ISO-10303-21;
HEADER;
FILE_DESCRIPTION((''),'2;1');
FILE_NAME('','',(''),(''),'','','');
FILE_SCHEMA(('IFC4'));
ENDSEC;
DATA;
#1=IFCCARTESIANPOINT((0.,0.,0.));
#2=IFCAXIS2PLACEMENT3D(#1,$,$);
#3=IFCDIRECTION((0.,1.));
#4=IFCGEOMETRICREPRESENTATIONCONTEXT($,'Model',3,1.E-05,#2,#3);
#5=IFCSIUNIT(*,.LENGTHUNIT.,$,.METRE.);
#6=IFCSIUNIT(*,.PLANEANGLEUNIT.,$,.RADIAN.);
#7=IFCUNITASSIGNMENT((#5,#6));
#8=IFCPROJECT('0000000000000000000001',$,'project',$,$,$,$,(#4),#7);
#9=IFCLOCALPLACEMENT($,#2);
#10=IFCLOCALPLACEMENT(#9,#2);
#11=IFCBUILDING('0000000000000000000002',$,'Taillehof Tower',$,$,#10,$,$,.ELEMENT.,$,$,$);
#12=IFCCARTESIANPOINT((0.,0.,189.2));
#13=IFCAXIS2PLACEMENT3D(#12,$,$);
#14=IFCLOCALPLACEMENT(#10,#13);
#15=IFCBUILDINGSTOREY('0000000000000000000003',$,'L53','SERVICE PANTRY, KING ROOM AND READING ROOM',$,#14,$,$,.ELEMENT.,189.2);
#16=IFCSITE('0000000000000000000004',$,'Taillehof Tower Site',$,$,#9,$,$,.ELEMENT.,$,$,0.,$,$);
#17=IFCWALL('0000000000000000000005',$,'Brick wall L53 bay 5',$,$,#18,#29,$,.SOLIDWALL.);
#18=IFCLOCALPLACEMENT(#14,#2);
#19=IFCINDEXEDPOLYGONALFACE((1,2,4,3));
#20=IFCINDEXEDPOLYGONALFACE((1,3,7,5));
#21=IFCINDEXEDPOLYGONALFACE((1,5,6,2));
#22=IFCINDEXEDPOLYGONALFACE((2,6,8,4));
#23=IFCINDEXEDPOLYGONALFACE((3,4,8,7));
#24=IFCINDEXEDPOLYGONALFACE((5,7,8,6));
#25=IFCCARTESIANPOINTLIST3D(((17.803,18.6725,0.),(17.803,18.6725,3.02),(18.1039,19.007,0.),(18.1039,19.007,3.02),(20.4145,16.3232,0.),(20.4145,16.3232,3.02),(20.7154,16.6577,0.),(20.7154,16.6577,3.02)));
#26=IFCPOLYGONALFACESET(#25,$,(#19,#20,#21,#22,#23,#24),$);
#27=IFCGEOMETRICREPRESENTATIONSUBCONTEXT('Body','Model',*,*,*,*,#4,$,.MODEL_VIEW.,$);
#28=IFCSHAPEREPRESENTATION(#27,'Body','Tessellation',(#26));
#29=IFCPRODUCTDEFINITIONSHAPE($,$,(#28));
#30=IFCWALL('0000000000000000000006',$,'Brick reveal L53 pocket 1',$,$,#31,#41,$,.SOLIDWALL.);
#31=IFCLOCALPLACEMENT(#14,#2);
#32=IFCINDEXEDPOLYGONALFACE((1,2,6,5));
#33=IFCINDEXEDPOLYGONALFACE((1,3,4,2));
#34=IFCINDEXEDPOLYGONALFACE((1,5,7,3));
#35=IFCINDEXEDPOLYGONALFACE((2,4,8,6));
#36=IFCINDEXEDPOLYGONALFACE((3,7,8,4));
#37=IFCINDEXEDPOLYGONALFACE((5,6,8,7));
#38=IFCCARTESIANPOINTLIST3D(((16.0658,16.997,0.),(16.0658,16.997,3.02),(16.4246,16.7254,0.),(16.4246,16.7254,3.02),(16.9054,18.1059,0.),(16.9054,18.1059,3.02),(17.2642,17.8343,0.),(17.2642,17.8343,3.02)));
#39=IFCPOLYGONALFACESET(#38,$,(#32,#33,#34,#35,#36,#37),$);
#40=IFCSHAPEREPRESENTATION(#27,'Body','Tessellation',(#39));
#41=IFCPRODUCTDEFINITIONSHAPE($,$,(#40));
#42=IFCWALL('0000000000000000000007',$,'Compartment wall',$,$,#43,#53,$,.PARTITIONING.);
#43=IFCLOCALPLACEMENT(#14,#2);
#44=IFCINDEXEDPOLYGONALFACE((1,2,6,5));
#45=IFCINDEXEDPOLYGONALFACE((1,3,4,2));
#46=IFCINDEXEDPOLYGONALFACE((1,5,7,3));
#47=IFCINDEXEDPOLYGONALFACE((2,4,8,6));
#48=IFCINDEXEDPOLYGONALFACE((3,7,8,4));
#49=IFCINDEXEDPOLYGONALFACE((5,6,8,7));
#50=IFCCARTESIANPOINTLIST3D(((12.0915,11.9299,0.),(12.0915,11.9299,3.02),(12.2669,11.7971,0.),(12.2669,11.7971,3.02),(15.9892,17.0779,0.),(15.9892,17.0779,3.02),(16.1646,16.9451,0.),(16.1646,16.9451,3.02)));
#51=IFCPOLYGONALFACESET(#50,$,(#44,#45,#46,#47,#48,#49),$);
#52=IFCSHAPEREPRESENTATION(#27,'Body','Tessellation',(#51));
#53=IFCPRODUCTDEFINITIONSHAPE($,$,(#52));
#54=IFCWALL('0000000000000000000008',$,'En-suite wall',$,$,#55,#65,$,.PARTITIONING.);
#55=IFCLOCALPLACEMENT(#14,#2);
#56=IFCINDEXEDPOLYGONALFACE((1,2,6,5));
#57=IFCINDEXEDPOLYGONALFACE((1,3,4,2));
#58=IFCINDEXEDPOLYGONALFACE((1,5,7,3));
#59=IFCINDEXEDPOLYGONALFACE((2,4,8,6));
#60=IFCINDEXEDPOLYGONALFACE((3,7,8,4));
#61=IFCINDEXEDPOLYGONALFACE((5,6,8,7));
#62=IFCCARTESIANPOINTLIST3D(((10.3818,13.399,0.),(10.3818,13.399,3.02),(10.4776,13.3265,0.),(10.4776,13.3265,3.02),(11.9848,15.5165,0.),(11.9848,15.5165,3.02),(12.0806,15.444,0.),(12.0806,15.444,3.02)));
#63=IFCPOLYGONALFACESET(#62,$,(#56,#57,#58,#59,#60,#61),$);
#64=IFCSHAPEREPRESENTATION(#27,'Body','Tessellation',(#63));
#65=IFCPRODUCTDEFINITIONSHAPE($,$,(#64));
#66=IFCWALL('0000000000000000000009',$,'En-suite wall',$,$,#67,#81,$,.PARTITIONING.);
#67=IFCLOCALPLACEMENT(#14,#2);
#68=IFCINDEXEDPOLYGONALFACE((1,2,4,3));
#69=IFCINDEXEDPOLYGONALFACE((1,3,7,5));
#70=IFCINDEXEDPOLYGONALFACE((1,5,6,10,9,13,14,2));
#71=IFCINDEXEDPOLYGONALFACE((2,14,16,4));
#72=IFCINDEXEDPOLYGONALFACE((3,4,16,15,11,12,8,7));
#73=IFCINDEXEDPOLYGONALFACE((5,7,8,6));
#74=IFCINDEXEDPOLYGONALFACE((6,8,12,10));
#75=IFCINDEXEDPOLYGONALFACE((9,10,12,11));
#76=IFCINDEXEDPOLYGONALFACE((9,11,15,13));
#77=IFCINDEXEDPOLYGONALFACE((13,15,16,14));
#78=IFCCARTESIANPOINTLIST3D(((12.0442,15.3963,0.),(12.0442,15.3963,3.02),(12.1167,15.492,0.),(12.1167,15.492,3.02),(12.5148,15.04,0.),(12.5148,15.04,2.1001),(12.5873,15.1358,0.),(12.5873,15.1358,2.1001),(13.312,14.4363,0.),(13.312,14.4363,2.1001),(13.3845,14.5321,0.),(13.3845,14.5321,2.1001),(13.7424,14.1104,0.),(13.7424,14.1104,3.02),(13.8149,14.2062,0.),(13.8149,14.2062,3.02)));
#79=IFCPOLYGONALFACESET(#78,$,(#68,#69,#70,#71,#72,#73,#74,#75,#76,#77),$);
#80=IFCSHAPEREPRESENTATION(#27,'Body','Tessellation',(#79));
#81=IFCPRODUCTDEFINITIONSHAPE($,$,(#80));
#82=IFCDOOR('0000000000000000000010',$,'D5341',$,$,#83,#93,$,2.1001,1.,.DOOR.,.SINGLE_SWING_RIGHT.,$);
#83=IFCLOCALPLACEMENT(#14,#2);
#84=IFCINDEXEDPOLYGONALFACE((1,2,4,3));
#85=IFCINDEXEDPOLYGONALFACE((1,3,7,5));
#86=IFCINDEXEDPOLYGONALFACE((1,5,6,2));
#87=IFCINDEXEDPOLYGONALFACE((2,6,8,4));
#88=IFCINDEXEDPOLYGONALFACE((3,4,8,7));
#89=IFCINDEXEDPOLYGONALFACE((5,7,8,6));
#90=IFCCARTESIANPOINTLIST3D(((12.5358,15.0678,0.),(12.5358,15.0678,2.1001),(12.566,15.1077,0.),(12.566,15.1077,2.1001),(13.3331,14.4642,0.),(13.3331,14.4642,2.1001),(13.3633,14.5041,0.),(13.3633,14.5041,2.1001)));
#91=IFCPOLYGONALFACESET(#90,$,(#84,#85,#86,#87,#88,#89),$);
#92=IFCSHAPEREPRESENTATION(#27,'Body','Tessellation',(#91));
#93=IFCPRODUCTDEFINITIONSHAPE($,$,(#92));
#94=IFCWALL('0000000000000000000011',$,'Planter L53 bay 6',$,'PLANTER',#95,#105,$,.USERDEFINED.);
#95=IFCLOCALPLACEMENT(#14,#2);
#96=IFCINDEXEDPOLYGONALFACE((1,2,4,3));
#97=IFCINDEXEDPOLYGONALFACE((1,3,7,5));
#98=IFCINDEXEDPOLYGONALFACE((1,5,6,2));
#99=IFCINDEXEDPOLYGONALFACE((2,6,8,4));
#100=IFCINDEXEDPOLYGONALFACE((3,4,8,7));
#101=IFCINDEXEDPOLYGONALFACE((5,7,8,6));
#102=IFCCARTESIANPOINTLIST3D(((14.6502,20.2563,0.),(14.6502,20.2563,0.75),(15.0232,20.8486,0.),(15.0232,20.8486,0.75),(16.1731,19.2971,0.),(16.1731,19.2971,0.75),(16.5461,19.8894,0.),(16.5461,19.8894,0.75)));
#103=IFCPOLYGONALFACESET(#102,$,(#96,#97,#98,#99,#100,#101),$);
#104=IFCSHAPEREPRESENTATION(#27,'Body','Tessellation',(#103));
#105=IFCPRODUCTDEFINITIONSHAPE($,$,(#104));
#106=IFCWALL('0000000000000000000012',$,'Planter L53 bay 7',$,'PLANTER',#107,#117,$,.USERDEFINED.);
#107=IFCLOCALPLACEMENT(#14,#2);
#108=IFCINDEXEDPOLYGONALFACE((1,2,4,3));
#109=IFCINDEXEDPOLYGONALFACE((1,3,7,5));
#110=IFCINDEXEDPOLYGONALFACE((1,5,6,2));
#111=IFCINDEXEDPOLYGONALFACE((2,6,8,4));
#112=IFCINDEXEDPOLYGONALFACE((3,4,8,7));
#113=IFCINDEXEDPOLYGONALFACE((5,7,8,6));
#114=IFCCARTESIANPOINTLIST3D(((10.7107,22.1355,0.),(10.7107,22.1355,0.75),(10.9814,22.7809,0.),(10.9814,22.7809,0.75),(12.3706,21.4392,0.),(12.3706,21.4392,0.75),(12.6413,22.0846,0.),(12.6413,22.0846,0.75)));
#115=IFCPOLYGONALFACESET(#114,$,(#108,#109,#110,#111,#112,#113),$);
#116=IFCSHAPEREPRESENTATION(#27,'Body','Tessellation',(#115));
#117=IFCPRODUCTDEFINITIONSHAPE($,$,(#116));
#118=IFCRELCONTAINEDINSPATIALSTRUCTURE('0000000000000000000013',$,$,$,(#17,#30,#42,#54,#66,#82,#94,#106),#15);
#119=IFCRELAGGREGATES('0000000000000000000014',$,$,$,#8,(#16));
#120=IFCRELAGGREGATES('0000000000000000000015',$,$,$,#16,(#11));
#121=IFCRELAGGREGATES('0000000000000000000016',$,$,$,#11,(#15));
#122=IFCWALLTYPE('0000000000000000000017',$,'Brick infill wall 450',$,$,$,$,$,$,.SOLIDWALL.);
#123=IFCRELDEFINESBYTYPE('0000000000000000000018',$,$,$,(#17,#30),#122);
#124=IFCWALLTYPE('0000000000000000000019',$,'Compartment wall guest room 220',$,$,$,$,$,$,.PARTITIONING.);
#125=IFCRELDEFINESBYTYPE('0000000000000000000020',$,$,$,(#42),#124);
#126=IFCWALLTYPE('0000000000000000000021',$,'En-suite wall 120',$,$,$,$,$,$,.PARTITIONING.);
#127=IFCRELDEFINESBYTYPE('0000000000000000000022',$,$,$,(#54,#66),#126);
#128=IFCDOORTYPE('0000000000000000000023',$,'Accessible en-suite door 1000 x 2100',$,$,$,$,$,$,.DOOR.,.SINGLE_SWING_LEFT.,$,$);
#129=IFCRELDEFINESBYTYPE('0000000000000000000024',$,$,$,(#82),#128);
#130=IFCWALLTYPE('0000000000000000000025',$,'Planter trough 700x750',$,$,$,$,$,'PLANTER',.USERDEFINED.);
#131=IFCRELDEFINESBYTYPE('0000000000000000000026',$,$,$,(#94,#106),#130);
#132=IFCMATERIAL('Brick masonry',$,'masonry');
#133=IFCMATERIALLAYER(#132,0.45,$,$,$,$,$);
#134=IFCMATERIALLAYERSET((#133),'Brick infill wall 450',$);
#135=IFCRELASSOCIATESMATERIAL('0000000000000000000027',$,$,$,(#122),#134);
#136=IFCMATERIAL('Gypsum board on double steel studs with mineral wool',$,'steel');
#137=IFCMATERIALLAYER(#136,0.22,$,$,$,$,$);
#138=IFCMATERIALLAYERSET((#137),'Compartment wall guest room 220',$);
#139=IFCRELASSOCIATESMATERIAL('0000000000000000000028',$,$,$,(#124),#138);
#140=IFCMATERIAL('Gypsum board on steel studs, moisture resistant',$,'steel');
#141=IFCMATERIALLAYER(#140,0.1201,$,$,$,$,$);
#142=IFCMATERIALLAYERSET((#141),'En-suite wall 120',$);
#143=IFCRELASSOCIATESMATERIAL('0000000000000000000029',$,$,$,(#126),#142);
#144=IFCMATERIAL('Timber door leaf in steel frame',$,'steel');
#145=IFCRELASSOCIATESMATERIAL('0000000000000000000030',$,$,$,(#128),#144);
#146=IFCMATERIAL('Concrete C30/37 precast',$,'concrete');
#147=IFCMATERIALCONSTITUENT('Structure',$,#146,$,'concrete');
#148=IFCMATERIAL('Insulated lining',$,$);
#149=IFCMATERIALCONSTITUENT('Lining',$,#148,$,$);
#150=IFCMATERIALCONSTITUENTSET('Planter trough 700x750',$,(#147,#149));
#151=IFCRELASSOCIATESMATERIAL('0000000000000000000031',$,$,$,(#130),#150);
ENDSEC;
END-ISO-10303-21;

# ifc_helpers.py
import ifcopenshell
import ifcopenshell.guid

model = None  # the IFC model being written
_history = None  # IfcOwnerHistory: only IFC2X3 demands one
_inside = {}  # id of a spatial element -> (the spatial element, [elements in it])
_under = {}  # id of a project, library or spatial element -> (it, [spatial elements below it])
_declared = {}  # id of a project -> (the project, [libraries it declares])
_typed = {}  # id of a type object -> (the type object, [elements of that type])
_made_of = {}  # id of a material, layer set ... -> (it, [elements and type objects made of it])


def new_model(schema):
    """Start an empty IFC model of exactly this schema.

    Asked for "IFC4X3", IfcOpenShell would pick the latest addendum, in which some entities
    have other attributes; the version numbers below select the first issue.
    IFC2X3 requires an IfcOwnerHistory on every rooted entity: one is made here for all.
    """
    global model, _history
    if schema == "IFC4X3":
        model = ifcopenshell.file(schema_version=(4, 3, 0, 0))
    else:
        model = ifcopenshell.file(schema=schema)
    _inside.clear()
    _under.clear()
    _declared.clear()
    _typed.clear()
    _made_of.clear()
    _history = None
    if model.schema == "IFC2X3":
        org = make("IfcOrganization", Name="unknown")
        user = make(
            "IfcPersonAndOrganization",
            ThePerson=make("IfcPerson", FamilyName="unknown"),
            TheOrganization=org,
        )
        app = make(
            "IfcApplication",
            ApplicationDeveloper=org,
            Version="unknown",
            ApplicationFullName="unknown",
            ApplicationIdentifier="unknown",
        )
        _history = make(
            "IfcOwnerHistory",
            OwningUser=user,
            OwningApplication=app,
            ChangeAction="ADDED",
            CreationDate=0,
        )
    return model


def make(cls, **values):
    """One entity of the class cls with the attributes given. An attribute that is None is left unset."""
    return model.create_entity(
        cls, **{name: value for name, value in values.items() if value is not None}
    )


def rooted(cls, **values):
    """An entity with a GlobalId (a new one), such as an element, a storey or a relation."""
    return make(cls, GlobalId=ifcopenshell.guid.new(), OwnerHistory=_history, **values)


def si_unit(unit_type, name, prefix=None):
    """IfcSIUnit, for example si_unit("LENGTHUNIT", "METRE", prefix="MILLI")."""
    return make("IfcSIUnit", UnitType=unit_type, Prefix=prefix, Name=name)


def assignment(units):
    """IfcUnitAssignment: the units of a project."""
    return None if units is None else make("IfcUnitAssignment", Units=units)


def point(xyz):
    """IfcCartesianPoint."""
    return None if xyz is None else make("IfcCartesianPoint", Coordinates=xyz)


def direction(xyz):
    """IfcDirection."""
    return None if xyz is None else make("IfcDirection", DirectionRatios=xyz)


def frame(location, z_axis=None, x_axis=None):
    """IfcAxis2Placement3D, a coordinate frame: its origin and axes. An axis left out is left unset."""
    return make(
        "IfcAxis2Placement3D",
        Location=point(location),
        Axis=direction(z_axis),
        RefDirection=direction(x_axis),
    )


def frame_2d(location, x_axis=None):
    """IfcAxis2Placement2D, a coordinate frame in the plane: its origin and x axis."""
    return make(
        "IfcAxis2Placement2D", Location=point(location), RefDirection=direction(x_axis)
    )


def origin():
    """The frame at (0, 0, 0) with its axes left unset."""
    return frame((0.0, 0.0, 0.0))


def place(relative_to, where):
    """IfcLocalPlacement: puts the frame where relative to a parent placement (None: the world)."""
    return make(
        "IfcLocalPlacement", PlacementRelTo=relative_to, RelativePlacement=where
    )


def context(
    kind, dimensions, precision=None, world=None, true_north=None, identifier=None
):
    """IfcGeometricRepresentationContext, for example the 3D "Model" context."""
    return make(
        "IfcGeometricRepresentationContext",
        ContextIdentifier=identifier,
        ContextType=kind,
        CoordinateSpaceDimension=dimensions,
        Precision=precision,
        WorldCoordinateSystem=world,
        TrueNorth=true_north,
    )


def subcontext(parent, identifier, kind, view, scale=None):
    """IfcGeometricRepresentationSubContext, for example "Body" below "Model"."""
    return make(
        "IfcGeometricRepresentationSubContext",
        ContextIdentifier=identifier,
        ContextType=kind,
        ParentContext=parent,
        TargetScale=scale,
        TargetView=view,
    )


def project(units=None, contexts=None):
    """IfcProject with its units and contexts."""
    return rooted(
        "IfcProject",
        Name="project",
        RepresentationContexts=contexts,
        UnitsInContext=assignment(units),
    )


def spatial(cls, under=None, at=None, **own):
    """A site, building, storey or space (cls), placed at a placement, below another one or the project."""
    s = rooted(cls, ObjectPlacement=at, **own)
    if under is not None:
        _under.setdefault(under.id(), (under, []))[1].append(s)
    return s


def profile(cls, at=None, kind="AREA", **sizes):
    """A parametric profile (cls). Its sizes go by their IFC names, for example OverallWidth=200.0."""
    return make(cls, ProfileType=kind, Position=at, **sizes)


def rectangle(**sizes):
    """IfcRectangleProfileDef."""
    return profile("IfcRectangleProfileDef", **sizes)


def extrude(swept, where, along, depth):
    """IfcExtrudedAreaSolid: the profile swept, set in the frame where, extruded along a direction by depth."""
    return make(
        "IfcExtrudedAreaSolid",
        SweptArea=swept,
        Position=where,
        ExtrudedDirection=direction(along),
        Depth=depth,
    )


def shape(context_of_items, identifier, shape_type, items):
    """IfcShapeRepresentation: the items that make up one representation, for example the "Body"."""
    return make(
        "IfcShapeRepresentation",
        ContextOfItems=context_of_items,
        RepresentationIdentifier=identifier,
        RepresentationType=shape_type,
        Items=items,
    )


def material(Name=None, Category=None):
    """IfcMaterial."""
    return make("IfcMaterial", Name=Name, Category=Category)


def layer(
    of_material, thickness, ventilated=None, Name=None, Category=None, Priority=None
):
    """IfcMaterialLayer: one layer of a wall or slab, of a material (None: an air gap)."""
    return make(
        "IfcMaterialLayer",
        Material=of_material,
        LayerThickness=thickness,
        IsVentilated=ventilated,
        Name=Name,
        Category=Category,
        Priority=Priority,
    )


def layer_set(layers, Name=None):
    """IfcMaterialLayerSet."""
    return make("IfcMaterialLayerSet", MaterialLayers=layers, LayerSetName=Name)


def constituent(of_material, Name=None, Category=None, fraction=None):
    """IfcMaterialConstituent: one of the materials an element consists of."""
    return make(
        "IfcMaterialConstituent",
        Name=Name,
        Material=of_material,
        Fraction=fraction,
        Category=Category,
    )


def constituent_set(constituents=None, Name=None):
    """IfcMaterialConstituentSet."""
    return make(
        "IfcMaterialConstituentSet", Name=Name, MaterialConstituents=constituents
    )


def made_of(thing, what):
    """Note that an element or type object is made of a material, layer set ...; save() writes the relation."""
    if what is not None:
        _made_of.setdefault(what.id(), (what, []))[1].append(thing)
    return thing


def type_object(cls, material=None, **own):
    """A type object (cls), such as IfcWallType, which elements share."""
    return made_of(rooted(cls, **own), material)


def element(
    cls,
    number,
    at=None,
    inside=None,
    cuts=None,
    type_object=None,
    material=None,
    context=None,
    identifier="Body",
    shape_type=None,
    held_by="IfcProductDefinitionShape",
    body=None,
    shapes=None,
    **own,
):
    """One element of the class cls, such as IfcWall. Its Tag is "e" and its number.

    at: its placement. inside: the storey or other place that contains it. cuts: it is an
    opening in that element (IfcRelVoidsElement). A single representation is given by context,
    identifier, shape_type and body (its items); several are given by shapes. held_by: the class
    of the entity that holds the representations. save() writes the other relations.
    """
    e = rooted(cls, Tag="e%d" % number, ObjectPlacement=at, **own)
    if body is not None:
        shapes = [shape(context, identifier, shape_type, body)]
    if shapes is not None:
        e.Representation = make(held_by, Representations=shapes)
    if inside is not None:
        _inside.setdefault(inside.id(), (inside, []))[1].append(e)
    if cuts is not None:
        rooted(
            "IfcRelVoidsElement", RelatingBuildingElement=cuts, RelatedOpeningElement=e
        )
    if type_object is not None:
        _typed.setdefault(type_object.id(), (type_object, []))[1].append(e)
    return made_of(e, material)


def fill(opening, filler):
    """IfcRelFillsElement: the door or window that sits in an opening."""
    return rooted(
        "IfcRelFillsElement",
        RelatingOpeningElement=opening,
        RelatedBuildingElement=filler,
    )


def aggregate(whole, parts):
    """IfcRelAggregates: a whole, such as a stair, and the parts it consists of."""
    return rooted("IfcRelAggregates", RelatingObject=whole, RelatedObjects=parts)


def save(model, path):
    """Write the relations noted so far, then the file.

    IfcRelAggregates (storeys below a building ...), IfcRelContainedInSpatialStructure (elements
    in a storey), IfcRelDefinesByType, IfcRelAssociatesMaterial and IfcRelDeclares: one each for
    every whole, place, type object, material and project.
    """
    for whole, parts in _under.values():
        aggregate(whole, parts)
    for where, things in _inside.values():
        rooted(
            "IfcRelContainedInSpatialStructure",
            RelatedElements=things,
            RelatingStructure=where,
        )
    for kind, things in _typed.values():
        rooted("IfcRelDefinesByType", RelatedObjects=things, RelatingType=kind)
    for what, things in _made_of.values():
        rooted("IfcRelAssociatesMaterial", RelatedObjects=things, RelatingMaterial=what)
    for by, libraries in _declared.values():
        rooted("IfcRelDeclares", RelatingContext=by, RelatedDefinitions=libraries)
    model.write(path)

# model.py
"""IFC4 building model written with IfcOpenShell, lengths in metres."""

from ifc_helpers import new_model, si_unit, direction, frame, frame_2d, origin, place, context, subcontext, project, spatial, rectangle, extrude, material, layer, layer_set, constituent, constituent_set, type_object, element, fill, save


model = new_model("IFC4")

# Units and contexts
model_context = context("Model", 3, precision=1e-05, world=origin(), true_north=direction((0.0, 1.0)))
body_context = subcontext(model_context, "Body", "Model", "MODEL_VIEW")
ifc_project = project(units=[si_unit("LENGTHUNIT", "METRE"), si_unit("PLANEANGLEUNIT", "RADIAN")], contexts=[model_context])

# Site, building, storey
site_placement = place(None, origin())
site = spatial("IfcSite", under=ifc_project, at=site_placement, Name="Taillehof Tower Site", CompositionType="ELEMENT", RefElevation=0.0)
building_placement = place(site_placement, origin())
building = spatial("IfcBuilding", under=site, at=building_placement, Name="Taillehof Tower", CompositionType="ELEMENT")
storey_placement = place(building_placement, frame((0.0, 0.0, 189.2)))
storey = spatial("IfcBuildingStorey", under=building, at=storey_placement, Name="L53", Description="SERVICE PANTRY, KING ROOM AND READING ROOM", CompositionType="ELEMENT", Elevation=189.2)

# Shared definitions
ifc_material_1 = material(Name="Brick masonry", Category="masonry")
ifc_layer_1 = layer(ifc_material_1, 0.45)
ifc_layer_set_1 = layer_set([ifc_layer_1], Name="Brick infill wall 450")
wall_type_1 = type_object("IfcWallType", Name="Brick infill wall 450", PredefinedType="SOLIDWALL", material=ifc_layer_set_1)

# Walls
wall_1_placement = place(storey_placement, frame((20.5649, 16.4905, 0.0), z_axis=(0.0, 0.0, 1.0), x_axis=(-0.743443, 0.6688, 0.0)))
element("IfcWall", 1, at=wall_1_placement, inside=storey, type_object=wall_type_1, Name="Brick wall L53 bay 5", PredefinedType="SOLIDWALL", context=body_context, shape_type="SweptSolid", body=[
    extrude(rectangle(XDim=3.5127, YDim=0.45, at=frame_2d((1.7563, 0.0))), origin(), (0.0, 0.0, 1.0), 3.02),
])
wall_2_placement = place(storey_placement, frame((17.0847, 17.97, 0.0), z_axis=(0.0, 0.0, 1.0), x_axis=(-0.603645, -0.797253, 0.0)))
element("IfcWall", 2, at=wall_2_placement, inside=storey, type_object=wall_type_1, Name="Brick reveal L53 pocket 1", PredefinedType="SOLIDWALL", context=body_context, shape_type="SweptSolid", body=[
    extrude(rectangle(XDim=1.3909, YDim=0.45, at=frame_2d((0.6953, 0.0))), origin(), (0.0, 0.0, 1.0), 3.02),
])

# Walls
ifc_material_2 = material(Name="Gypsum board on double steel studs with mineral wool", Category="steel")
ifc_layer_2 = layer(ifc_material_2, 0.22)
ifc_layer_set_2 = layer_set([ifc_layer_2], Name="Compartment wall guest room 220")
wall_type_2 = type_object("IfcWallType", Name="Compartment wall guest room 220", PredefinedType="PARTITIONING", material=ifc_layer_set_2)
wall_3_placement = place(storey_placement, frame((16.0769, 17.0115, 0.0), z_axis=(0.0, 0.0, 1.0), x_axis=(-0.603636, -0.79726, 0.0)))
element("IfcWall", 3, at=wall_3_placement, inside=storey, type_object=wall_type_2, Name="Compartment wall", PredefinedType="PARTITIONING", context=body_context, shape_type="SweptSolid", body=[
    extrude(rectangle(XDim=6.457, YDim=0.22, at=frame_2d((3.2285, 0.0))), origin(), (0.0, 0.0, 1.0), 3.02),
])
ifc_material_3 = material(Name="Gypsum board on steel studs, moisture resistant", Category="steel")
ifc_layer_3 = layer(ifc_material_3, 0.1201)
ifc_layer_set_3 = layer_set([ifc_layer_3], Name="En-suite wall 120")
wall_type_3 = type_object("IfcWallType", Name="En-suite wall 120", PredefinedType="PARTITIONING", material=ifc_layer_set_3)
wall_4_placement = place(storey_placement, frame((10.4297, 13.3628, 0.0), z_axis=(0.0, 0.0, 1.0), x_axis=(0.603597, 0.797289, 0.0)))
element("IfcWall", 4, at=wall_4_placement, inside=storey, type_object=wall_type_3, Name="En-suite wall", PredefinedType="PARTITIONING", context=body_context, shape_type="SweptSolid", body=[
    extrude(rectangle(XDim=2.6558, YDim=0.1201, at=frame_2d((1.3279, 0.0))), origin(), (0.0, 0.0, 1.0), 3.02),
])

# Wall, opening, door
wall_5_placement = place(storey_placement, frame((12.0806, 15.4441, 0.0), z_axis=(0.0, 0.0, 1.0), x_axis=(0.797241, -0.603661, 0.0)))
wall_5 = element("IfcWall", 5, at=wall_5_placement, inside=storey, type_object=wall_type_3, Name="En-suite wall", PredefinedType="PARTITIONING", context=body_context, shape_type="SweptSolid", body=[
    extrude(rectangle(XDim=2.1301, YDim=0.1201, at=frame_2d((1.0649, 0.0))), origin(), (0.0, 0.0, 1.0), 3.02),
])
opening_1_placement = place(wall_5_placement, frame((0.5901, 0.0, 0.0)))
opening_1 = element("IfcOpeningElement", 6, at=opening_1_placement, cuts=wall_5, PredefinedType="OPENING", context=body_context, shape_type="SweptSolid", body=[
    extrude(rectangle(XDim=1.0, YDim=2.1001, at=frame_2d((0.5, 1.05))), frame((0.0, 0.0701, 0.0), z_axis=(0.0, -1.0, 0.0), x_axis=(1.0, 0.0, 0.0)), (0.0, 0.0, 1.0), 0.1401),
])
ifc_material_4 = material(Name="Timber door leaf in steel frame", Category="steel")
door_type_1 = type_object("IfcDoorType", Name="Accessible en-suite door 1000 x 2100", OperationType="SINGLE_SWING_LEFT", PredefinedType="DOOR", material=ifc_material_4)
door_1_placement = place(opening_1_placement, origin())
door_1 = element("IfcDoor", 7, at=door_1_placement, inside=storey, type_object=door_type_1, Name="D5341", OperationType="SINGLE_SWING_RIGHT", OverallHeight=2.1001, OverallWidth=1.0, PredefinedType="DOOR", context=body_context, shape_type="SweptSolid", body=[
    extrude(rectangle(XDim=1.0, YDim=2.1001, at=frame_2d((0.5, 1.05))), frame((0.0, 0.0249, 0.0), z_axis=(0.0, -1.0, 0.0), x_axis=(1.0, 0.0, 0.0)), (0.0, 0.0, 1.0), 0.05),
])
fill(opening_1, door_1)

# Walls
ifc_material_5 = material(Name="Concrete C30/37 precast", Category="concrete")
ifc_constituent_1 = constituent(ifc_material_5, Name="Structure", Category="concrete")
ifc_material_6 = material(Name="Insulated lining")
ifc_constituent_2 = constituent(ifc_material_6, Name="Lining")
ifc_constituent_set = constituent_set(constituents=[ifc_constituent_1, ifc_constituent_2], Name="Planter trough 700x750")
wall_type_4 = type_object("IfcWallType", Name="Planter trough 700x750", ElementType="PLANTER", PredefinedType="USERDEFINED", material=ifc_constituent_set)
wall_6_placement = place(storey_placement, frame((16.3596, 19.5933, 0.0), z_axis=(0.0, 0.0, 1.0), x_axis=(-0.846149, 0.532946, 0.0)))
element("IfcWall", 8, at=wall_6_placement, inside=storey, type_object=wall_type_4, Name="Planter L53 bay 6", ObjectType="PLANTER", PredefinedType="USERDEFINED", context=body_context, shape_type="SweptSolid", body=[
    extrude(rectangle(XDim=1.7998, YDim=0.7, at=frame_2d((0.8999, 0.0))), origin(), (0.0, 0.0, 1.0), 0.75),
])
wall_7_placement = place(storey_placement, frame((12.5059, 21.762, 0.0), z_axis=(0.0, 0.0, 1.0), x_axis=(-0.922155, 0.38682, 0.0)))
element("IfcWall", 9, at=wall_7_placement, inside=storey, type_object=wall_type_4, Name="Planter L53 bay 7", ObjectType="PLANTER", PredefinedType="USERDEFINED", context=body_context, shape_type="SweptSolid", body=[
    extrude(rectangle(XDim=1.8, YDim=0.7, at=frame_2d((0.8999, 0.0))), origin(), (0.0, 0.0, 1.0), 0.75),
])

save(model, "model.ifc")
